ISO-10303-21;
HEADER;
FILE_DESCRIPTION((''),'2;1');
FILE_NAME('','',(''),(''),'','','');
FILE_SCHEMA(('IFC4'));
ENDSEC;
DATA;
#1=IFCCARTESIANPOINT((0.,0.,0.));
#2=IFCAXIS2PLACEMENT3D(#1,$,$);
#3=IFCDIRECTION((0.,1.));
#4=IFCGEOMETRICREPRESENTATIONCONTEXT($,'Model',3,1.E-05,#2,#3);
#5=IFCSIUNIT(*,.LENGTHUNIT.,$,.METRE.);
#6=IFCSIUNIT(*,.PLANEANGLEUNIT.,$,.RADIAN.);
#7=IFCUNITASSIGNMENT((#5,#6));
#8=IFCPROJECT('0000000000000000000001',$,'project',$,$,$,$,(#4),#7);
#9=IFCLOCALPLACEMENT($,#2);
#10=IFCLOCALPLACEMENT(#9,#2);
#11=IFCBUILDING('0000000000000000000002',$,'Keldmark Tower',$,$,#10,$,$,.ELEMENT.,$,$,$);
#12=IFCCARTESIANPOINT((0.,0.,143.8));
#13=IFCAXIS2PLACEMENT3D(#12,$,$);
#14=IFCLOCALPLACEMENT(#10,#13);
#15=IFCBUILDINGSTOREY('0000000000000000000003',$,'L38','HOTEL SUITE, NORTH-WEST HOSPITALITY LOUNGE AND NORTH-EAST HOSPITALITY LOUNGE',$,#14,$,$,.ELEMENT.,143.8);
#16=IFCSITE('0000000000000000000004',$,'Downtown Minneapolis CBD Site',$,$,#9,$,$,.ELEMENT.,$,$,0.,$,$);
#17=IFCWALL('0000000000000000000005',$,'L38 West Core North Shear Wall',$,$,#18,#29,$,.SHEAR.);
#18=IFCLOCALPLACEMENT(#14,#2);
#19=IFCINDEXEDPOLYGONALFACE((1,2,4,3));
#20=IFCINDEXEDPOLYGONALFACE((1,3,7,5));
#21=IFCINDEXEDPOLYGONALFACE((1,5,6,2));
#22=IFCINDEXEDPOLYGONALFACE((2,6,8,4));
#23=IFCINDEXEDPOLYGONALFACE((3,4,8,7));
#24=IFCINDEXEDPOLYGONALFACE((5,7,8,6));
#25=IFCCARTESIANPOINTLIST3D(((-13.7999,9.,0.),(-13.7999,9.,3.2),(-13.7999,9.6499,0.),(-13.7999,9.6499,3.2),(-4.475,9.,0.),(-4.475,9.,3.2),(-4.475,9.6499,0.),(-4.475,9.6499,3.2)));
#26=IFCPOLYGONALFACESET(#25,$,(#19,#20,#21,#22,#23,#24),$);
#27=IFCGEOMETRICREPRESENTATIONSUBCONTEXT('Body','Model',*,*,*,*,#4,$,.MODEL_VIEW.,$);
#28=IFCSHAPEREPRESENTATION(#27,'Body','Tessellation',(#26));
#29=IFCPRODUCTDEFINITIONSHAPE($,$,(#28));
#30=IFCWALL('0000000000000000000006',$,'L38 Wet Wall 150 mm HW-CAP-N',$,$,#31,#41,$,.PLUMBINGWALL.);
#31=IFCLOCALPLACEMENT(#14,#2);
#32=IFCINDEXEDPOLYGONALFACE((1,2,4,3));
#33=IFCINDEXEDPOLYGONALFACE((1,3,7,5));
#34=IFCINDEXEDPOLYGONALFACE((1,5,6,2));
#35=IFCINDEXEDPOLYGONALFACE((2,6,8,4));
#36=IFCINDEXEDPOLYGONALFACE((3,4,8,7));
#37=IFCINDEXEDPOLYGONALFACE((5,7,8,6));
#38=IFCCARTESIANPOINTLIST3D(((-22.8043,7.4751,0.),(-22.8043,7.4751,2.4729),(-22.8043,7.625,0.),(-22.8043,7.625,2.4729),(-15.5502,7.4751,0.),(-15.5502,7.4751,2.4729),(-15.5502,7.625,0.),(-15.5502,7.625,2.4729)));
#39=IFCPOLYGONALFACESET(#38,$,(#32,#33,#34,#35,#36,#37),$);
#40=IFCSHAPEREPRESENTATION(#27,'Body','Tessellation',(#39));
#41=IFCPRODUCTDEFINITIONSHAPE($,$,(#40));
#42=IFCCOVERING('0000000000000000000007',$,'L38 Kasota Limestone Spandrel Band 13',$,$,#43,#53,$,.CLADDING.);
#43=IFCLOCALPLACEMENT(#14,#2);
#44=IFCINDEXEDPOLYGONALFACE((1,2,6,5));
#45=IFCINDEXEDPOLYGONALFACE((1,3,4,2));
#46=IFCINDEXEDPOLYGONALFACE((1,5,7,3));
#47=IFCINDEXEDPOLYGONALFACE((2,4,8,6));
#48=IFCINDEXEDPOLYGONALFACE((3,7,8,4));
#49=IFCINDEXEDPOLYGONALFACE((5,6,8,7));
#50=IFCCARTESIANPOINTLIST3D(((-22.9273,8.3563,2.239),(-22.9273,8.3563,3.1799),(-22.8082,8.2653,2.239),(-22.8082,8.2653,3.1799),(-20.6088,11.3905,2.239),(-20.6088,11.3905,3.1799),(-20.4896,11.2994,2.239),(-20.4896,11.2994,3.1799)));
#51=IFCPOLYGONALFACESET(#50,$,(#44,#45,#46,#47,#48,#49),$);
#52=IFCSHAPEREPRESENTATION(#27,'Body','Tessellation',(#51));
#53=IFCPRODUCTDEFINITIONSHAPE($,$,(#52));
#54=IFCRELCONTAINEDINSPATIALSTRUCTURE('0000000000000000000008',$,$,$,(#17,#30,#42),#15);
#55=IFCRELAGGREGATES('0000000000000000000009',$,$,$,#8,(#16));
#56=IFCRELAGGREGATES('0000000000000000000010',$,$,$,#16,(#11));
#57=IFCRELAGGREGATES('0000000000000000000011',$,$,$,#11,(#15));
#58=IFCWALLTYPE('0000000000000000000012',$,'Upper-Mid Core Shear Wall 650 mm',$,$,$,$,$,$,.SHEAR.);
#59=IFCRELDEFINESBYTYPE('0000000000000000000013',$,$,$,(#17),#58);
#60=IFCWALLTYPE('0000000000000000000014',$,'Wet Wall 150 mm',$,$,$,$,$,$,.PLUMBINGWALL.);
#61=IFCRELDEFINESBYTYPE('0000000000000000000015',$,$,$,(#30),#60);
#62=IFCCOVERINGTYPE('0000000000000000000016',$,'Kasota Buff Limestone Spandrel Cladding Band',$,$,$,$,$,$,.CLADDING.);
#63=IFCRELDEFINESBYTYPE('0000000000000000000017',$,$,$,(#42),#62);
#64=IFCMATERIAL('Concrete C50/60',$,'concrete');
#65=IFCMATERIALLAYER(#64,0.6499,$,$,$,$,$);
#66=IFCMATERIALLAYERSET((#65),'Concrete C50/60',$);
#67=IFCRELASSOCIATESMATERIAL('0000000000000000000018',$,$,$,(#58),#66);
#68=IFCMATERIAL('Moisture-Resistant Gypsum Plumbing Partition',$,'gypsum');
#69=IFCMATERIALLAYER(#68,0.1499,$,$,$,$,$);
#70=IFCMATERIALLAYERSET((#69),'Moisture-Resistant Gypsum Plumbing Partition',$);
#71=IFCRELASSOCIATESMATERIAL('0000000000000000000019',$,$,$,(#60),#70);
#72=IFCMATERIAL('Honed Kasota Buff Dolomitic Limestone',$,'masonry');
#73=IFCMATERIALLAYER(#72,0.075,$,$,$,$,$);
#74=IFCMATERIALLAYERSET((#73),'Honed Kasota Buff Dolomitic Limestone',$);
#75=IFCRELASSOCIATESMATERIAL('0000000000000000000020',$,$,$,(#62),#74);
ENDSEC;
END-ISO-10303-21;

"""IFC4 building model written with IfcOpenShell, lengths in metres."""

from ifc_helpers import new_model, si_unit, direction, frame, frame_2d, origin, origin_2d, place, context, subcontext, project, spatial, rectangle, extrude, material, layer, layer_set, type_object, element, save


model = new_model("IFC4")

# Units and contexts
model_context = context("Model", 3, precision=1e-05, world=origin(), true_north=direction((0.0, 1.0)))
body_context = subcontext(model_context, "Body", "Model", "MODEL_VIEW")
ifc_project = project(units=[si_unit("LENGTHUNIT", "METRE"), si_unit("PLANEANGLEUNIT", "RADIAN")], contexts=[model_context])

# Site, building, storey
site_placement = place(None, origin())
site = spatial("IfcSite", under=ifc_project, at=site_placement, Name="Downtown Minneapolis CBD Site", CompositionType="ELEMENT", RefElevation=0.0)
building_placement = place(site_placement, origin())
building = spatial("IfcBuilding", under=site, at=building_placement, Name="Keldmark Tower", CompositionType="ELEMENT")
storey_placement = place(building_placement, frame((0.0, 0.0, 143.8)))
storey = spatial("IfcBuildingStorey", under=building, at=storey_placement, Name="L38", Description="HOTEL SUITE, NORTH-WEST HOSPITALITY LOUNGE AND NORTH-EAST HOSPITALITY LOUNGE", CompositionType="ELEMENT", Elevation=143.8)

# Walls
ifc_material_1 = material(Name="Concrete C50/60", Category="concrete")
ifc_layer_1 = layer(ifc_material_1, 0.6499)
ifc_layer_set_1 = layer_set([ifc_layer_1], Name="Concrete C50/60")
wall_type_1 = type_object("IfcWallType", Name="Upper-Mid Core Shear Wall 650 mm", PredefinedType="SHEAR", material=ifc_layer_set_1)
wall_1_placement = place(storey_placement, frame((-13.8, 9.325, 0.0), z_axis=(0.0, 0.0, 1.0), x_axis=(1.0, 0.0, 0.0)))
element("IfcWall", 1, at=wall_1_placement, inside=storey, type_object=wall_type_1, Name="L38 West Core North Shear Wall", PredefinedType="SHEAR", context=body_context, shape_type="SweptSolid", body=[
    extrude(rectangle(XDim=9.325, YDim=0.6499, at=frame_2d((4.6626, 0.0))), origin(), (0.0, 0.0, 1.0), 3.2),
])
ifc_material_2 = material(Name="Moisture-Resistant Gypsum Plumbing Partition", Category="gypsum")
ifc_layer_2 = layer(ifc_material_2, 0.1499)
ifc_layer_set_2 = layer_set([ifc_layer_2], Name="Moisture-Resistant Gypsum Plumbing Partition")
wall_type_2 = type_object("IfcWallType", Name="Wet Wall 150 mm", PredefinedType="PLUMBINGWALL", material=ifc_layer_set_2)
wall_2_placement = place(storey_placement, frame((-22.8042, 7.55, 0.0), z_axis=(0.0, 0.0, 1.0), x_axis=(1.0, 0.0, 0.0)))
element("IfcWall", 2, at=wall_2_placement, inside=storey, type_object=wall_type_2, Name="L38 Wet Wall 150 mm HW-CAP-N", PredefinedType="PLUMBINGWALL", context=body_context, shape_type="SweptSolid", body=[
    extrude(rectangle(XDim=7.2542, YDim=0.1499, at=frame_2d((3.627, 0.0))), origin(), (0.0, 0.0, 1.0), 2.4729),
])

# Covering
ifc_material_3 = material(Name="Honed Kasota Buff Dolomitic Limestone", Category="masonry")
ifc_layer_3 = layer(ifc_material_3, 0.075)
ifc_layer_set_3 = layer_set([ifc_layer_3], Name="Honed Kasota Buff Dolomitic Limestone")
covering_type = type_object("IfcCoveringType", Name="Kasota Buff Limestone Spandrel Cladding Band", PredefinedType="CLADDING", material=ifc_layer_set_3)
covering_placement = place(storey_placement, frame((-21.7085, 9.8279, 2.239), z_axis=(0.0, 0.0, 1.0), x_axis=(-0.607182, -0.794563, 0.0)))
element("IfcCovering", 3, at=covering_placement, inside=storey, type_object=covering_type, Name="L38 Kasota Limestone Spandrel Band 13", PredefinedType="CLADDING", context=body_context, shape_type="SweptSolid", body=[
    extrude(rectangle(XDim=3.8186, YDim=0.1499, at=origin_2d()), origin(), (0.0, 0.0, 1.0), 0.9409),
])

save(model, "model.ifc")
